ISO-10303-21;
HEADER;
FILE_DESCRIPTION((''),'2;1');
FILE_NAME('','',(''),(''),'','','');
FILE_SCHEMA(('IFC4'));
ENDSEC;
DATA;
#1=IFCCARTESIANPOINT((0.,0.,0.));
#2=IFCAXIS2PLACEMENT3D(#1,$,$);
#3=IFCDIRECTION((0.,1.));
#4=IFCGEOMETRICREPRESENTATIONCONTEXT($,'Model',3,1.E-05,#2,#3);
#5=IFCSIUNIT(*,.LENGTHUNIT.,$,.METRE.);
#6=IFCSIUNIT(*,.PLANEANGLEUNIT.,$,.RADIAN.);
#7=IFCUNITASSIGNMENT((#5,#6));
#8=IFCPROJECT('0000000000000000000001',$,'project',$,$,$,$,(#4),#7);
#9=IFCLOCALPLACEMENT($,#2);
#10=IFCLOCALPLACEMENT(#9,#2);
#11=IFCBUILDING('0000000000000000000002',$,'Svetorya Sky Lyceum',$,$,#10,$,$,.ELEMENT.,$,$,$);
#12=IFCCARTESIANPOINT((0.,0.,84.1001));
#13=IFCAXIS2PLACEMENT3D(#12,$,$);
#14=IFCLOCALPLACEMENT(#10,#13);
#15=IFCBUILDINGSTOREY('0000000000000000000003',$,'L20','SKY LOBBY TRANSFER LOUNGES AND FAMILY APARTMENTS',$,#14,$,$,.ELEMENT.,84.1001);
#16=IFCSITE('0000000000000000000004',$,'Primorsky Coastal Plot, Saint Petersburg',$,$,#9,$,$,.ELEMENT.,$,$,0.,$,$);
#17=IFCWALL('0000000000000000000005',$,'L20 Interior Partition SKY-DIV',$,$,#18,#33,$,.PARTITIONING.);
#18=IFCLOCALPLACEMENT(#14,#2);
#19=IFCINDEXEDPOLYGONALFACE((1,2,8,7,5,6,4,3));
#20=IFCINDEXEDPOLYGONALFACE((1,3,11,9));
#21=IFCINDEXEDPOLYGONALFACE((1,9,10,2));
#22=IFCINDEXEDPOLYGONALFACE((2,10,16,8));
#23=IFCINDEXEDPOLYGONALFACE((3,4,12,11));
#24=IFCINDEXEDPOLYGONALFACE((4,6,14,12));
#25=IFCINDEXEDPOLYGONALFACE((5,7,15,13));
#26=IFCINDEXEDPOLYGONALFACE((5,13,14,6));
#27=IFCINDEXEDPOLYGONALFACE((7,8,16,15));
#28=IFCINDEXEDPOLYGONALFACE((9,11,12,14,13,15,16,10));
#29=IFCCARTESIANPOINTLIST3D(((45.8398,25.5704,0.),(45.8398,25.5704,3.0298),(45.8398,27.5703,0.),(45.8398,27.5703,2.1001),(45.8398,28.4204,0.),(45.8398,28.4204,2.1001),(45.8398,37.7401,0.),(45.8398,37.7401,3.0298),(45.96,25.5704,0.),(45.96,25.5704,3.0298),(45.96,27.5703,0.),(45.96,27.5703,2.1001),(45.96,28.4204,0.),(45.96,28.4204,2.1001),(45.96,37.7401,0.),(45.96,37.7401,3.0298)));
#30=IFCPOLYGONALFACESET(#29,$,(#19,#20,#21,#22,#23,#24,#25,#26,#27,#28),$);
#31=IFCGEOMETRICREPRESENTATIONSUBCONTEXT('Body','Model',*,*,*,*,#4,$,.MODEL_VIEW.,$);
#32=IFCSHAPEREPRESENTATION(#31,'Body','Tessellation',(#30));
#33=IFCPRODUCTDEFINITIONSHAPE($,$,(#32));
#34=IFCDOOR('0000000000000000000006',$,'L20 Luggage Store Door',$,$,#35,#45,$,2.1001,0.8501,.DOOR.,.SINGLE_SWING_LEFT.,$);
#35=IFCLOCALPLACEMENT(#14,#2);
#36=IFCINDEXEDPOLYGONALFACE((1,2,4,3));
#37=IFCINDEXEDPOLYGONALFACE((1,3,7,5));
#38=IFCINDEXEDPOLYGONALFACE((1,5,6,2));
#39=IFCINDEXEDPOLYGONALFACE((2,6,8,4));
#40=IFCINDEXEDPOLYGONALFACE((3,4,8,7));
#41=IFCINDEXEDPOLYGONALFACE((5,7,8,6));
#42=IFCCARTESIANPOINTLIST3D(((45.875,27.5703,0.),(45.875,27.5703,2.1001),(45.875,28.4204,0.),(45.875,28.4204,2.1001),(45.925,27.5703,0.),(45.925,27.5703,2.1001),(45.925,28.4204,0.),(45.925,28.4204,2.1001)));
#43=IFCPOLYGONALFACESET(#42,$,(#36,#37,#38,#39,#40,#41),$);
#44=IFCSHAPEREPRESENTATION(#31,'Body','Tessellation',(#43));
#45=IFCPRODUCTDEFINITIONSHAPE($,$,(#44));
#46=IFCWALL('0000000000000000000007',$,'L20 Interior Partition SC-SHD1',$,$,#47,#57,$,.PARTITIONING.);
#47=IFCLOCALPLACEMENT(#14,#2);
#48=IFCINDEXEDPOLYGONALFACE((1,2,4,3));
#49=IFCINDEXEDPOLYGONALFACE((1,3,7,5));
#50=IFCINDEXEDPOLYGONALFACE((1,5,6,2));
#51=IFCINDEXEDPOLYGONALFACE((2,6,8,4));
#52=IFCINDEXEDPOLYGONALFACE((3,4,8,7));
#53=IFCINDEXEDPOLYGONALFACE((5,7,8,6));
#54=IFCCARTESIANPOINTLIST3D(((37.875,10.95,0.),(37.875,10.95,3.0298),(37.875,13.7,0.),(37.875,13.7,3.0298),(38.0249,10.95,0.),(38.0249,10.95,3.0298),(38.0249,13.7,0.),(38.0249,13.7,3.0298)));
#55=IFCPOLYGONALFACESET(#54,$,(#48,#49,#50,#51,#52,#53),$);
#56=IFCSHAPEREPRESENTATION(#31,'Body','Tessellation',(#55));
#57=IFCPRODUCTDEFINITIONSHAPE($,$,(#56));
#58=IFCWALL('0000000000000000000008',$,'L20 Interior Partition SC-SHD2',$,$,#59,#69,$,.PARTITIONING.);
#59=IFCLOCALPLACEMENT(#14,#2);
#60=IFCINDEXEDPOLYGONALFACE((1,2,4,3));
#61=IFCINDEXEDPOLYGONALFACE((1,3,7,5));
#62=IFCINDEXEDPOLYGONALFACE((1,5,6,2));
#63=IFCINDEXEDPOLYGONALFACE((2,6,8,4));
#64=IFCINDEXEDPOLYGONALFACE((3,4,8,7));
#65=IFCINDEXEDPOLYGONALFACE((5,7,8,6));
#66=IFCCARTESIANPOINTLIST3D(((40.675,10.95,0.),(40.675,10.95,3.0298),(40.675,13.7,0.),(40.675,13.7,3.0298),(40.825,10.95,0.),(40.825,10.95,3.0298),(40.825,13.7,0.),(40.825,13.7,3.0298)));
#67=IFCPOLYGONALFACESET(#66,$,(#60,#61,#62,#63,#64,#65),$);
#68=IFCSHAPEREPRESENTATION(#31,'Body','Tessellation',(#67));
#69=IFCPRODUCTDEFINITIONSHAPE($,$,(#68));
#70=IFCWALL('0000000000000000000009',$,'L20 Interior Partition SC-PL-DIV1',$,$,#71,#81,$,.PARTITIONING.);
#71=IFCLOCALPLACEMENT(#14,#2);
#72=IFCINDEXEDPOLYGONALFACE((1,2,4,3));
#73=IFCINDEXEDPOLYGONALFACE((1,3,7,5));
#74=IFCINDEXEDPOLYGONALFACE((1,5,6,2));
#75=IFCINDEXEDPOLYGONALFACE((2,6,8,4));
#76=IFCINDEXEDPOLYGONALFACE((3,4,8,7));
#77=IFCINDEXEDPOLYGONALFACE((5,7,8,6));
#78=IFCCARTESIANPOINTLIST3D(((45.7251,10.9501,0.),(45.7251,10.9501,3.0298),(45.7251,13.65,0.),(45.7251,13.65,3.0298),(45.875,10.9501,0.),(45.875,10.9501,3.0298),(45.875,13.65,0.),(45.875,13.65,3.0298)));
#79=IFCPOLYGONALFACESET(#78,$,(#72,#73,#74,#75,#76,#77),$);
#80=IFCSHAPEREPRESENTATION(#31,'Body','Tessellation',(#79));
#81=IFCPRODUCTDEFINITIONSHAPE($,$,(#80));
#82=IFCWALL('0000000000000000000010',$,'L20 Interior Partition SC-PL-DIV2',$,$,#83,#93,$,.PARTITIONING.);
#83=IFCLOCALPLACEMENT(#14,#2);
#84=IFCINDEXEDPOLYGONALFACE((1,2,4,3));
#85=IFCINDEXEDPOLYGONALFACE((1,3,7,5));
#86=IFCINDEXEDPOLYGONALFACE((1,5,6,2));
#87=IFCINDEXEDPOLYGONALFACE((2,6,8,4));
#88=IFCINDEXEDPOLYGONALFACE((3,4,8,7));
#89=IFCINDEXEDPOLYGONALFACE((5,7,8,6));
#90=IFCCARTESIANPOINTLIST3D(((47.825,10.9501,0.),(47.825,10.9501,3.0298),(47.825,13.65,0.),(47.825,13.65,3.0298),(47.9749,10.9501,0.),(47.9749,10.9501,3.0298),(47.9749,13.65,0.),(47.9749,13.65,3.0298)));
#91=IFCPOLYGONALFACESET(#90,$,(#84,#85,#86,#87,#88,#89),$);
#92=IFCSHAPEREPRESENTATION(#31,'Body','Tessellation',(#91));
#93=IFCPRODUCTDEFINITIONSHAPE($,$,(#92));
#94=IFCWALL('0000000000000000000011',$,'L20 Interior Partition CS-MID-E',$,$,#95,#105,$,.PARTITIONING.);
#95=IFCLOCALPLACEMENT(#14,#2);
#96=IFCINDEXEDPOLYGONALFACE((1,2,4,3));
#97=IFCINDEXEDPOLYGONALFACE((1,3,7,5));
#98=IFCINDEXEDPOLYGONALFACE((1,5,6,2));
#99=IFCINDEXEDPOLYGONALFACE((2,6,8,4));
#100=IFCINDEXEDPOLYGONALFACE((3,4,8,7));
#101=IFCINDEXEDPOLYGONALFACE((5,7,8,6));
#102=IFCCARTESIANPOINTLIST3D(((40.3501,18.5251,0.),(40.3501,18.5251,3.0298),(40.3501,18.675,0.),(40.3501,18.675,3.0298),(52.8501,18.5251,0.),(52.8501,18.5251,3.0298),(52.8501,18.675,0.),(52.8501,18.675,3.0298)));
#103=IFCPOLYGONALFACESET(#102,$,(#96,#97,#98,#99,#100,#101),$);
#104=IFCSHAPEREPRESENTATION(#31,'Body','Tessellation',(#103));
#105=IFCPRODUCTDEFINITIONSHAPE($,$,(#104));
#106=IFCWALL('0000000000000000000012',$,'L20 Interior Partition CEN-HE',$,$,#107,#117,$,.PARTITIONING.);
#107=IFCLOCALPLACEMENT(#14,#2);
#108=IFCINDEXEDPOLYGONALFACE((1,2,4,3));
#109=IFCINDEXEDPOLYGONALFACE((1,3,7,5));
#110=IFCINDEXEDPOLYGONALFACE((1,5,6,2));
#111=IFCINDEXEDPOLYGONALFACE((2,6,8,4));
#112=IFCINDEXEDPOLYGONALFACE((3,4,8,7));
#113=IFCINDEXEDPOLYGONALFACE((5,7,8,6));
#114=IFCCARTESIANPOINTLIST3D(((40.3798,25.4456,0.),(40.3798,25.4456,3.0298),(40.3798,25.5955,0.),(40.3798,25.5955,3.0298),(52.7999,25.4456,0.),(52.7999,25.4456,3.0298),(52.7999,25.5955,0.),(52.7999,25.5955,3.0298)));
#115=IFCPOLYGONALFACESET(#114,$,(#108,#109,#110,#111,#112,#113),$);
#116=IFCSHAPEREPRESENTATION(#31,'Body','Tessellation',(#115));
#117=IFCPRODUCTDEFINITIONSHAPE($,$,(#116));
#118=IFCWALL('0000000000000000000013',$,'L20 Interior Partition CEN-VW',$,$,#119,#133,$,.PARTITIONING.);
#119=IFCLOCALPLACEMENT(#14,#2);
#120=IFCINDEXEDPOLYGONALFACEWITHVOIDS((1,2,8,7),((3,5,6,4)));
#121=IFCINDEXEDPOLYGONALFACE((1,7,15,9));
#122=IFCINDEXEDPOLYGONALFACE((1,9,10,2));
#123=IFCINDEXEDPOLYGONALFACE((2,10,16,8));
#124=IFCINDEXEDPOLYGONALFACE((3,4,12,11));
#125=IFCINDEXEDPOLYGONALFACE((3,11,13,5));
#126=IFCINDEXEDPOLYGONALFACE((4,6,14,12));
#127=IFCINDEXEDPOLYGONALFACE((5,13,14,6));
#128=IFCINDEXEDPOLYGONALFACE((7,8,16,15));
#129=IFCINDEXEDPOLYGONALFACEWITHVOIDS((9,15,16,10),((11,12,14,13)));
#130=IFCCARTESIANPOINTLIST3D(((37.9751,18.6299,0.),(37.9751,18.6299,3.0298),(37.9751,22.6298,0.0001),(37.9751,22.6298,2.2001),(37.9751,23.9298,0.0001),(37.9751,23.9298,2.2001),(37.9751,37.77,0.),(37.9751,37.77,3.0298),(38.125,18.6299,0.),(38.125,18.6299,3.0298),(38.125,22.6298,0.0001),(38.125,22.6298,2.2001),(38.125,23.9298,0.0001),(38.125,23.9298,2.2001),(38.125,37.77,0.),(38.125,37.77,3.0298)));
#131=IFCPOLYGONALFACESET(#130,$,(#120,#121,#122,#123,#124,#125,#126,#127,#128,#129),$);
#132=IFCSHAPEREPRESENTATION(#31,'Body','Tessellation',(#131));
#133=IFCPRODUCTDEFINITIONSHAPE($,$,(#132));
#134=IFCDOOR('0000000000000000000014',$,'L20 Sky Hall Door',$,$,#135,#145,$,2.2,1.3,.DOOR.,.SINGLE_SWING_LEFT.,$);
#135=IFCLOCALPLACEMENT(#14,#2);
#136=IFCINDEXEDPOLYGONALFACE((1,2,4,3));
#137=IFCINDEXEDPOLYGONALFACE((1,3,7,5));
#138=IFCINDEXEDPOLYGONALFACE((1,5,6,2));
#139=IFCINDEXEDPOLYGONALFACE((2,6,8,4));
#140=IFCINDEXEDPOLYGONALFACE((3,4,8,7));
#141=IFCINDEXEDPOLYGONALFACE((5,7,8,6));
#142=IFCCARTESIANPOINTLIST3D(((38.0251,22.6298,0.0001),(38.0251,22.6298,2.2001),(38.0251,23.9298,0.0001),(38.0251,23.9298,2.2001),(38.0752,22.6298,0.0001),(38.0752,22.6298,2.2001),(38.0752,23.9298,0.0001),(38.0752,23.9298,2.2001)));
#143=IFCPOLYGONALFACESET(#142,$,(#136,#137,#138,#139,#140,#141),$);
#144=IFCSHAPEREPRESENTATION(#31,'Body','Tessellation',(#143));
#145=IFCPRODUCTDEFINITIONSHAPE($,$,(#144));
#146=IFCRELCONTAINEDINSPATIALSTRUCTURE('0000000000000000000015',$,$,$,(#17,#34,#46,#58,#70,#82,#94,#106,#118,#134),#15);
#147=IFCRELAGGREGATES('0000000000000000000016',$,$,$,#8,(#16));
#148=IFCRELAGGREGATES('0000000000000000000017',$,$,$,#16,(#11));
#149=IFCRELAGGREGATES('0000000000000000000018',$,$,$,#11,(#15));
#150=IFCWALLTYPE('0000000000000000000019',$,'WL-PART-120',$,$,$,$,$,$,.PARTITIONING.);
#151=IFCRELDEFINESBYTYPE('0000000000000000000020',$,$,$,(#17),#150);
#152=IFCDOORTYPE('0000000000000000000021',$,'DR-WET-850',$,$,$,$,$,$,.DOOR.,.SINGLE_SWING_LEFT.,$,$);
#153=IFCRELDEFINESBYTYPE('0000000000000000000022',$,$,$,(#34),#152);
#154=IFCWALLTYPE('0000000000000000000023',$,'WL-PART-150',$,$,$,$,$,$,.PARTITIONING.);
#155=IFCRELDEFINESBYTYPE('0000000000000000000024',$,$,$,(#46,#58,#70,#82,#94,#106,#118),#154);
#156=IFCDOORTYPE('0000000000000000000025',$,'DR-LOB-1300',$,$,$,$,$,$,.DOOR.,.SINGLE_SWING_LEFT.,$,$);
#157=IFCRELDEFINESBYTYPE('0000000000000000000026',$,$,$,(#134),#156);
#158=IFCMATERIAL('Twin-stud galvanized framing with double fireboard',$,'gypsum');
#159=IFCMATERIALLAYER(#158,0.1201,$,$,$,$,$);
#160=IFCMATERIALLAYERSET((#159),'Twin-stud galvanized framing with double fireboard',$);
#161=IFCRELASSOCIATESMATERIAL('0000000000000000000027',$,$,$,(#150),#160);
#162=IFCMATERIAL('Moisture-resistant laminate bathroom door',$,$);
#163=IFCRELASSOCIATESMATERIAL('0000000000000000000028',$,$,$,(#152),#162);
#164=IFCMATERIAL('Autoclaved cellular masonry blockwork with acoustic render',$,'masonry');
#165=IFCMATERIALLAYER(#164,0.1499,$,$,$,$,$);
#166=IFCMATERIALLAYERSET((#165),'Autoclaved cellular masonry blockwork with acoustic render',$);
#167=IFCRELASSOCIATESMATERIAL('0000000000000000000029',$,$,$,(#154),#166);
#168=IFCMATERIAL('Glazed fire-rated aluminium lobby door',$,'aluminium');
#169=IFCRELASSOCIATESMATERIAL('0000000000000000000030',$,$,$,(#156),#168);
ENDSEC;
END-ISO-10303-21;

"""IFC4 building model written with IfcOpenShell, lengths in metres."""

from ifc_helpers import new_model, si_unit, direction, frame, frame_2d, origin, place, context, subcontext, project, spatial, rectangle, extrude, material, layer, layer_set, type_object, element, fill, save


model = new_model("IFC4")

# Units and contexts
model_context = context("Model", 3, precision=1e-05, world=origin(), true_north=direction((0.0, 1.0)))
body_context = subcontext(model_context, "Body", "Model", "MODEL_VIEW")
ifc_project = project(units=[si_unit("LENGTHUNIT", "METRE"), si_unit("PLANEANGLEUNIT", "RADIAN")], contexts=[model_context])

# Site, building, storey
site_placement = place(None, origin())
site = spatial("IfcSite", under=ifc_project, at=site_placement, Name="Primorsky Coastal Plot, Saint Petersburg", CompositionType="ELEMENT", RefElevation=0.0)
building_placement = place(site_placement, origin())
building = spatial("IfcBuilding", under=site, at=building_placement, Name="Svetorya Sky Lyceum", CompositionType="ELEMENT")
storey_placement = place(building_placement, frame((0.0, 0.0, 84.1001)))
storey = spatial("IfcBuildingStorey", under=building, at=storey_placement, Name="L20", Description="SKY LOBBY TRANSFER LOUNGES AND FAMILY APARTMENTS", CompositionType="ELEMENT", Elevation=84.1001)

# Wall, opening, door
ifc_material_1 = material(Name="Twin-stud galvanized framing with double fireboard", Category="gypsum")
ifc_layer_1 = layer(ifc_material_1, 0.1201)
ifc_layer_set_1 = layer_set([ifc_layer_1], Name="Twin-stud galvanized framing with double fireboard")
wall_type_1 = type_object("IfcWallType", Name="WL-PART-120", PredefinedType="PARTITIONING", material=ifc_layer_set_1)
wall_1_placement = place(storey_placement, frame((45.8999, 25.5703, 0.0), z_axis=(0.0, 0.0, 1.0), x_axis=(0.0, 1.0, 0.0)))
wall_1 = element("IfcWall", 1, at=wall_1_placement, inside=storey, type_object=wall_type_1, Name="L20 Interior Partition SKY-DIV", PredefinedType="PARTITIONING", context=body_context, shape_type="SweptSolid", body=[
    extrude(rectangle(XDim=12.1697, YDim=0.1201, at=frame_2d((6.085, 0.0))), origin(), (0.0, 0.0, 1.0), 3.0298),
])
opening_1_placement = place(wall_1_placement, frame((2.0, 0.0, 0.0)))
opening_1 = element("IfcOpeningElement", 2, at=opening_1_placement, cuts=wall_1, PredefinedType="OPENING", context=body_context, shape_type="SweptSolid", body=[
    extrude(rectangle(XDim=0.8501, YDim=2.1001, at=frame_2d((0.425, 1.05))), frame((0.0, 0.0701, 0.0), z_axis=(0.0, -1.0, 0.0), x_axis=(1.0, 0.0, 0.0)), (0.0, 0.0, 1.0), 0.1401),
])
ifc_material_2 = material(Name="Moisture-resistant laminate bathroom door")
door_type_1 = type_object("IfcDoorType", Name="DR-WET-850", OperationType="SINGLE_SWING_LEFT", PredefinedType="DOOR", material=ifc_material_2)
door_1_placement = place(opening_1_placement, origin())
door_1 = element("IfcDoor", 3, at=door_1_placement, inside=storey, type_object=door_type_1, Name="L20 Luggage Store Door", OperationType="SINGLE_SWING_LEFT", OverallHeight=2.1001, OverallWidth=0.8501, PredefinedType="DOOR", context=body_context, shape_type="SweptSolid", body=[
    extrude(rectangle(XDim=0.8501, YDim=2.1001, at=frame_2d((0.425, 1.05))), frame((0.0, 0.0249, 0.0), z_axis=(0.0, -1.0, 0.0), x_axis=(1.0, 0.0, 0.0)), (0.0, 0.0, 1.0), 0.05),
])
fill(opening_1, door_1)

# Walls
ifc_material_3 = material(Name="Autoclaved cellular masonry blockwork with acoustic render", Category="masonry")
ifc_layer_2 = layer(ifc_material_3, 0.1499)
ifc_layer_set_2 = layer_set([ifc_layer_2], Name="Autoclaved cellular masonry blockwork with acoustic render")
wall_type_2 = type_object("IfcWallType", Name="WL-PART-150", PredefinedType="PARTITIONING", material=ifc_layer_set_2)
for number, where, z_axis, x_axis, name in (
    (4, (37.95, 10.95, 0.0), (0.0, 0.0, 1.0), (0.0, 1.0, 0.0), "L20 Interior Partition SC-SHD1"),
    (5, (40.75, 10.95, 0.0), (0.0, 0.0, 1.0), (0.0, 1.0, 0.0), "L20 Interior Partition SC-SHD2"),
):
    element("IfcWall", number, at=place(storey_placement, frame(where, z_axis=z_axis, x_axis=x_axis)), inside=storey, type_object=wall_type_2, Name=name, PredefinedType="PARTITIONING", context=body_context, shape_type="SweptSolid", body=[
        extrude(rectangle(XDim=2.75, YDim=0.1499, at=frame_2d((1.375, 0.0))), origin(), (0.0, 0.0, 1.0), 3.0298),
    ])
for number, where, z_axis, x_axis, name in (
    (6, (45.8, 10.95, 0.0), (0.0, 0.0, 1.0), (0.0, 1.0, 0.0), "L20 Interior Partition SC-PL-DIV1"),
    (7, (47.8999, 10.95, 0.0), (0.0, 0.0, 1.0), (0.0, 1.0, 0.0), "L20 Interior Partition SC-PL-DIV2"),
):
    element("IfcWall", number, at=place(storey_placement, frame(where, z_axis=z_axis, x_axis=x_axis)), inside=storey, type_object=wall_type_2, Name=name, PredefinedType="PARTITIONING", context=body_context, shape_type="SweptSolid", body=[
        extrude(rectangle(XDim=2.7, YDim=0.1499, at=frame_2d((1.3501, 0.0))), origin(), (0.0, 0.0, 1.0), 3.0298),
    ])
wall_2_placement = place(storey_placement, frame((40.3501, 18.6001, 0.0), z_axis=(0.0, 0.0, 1.0), x_axis=(1.0, 0.0, 0.0)))
element("IfcWall", 8, at=wall_2_placement, inside=storey, type_object=wall_type_2, Name="L20 Interior Partition CS-MID-E", PredefinedType="PARTITIONING", context=body_context, shape_type="SweptSolid", body=[
    extrude(rectangle(XDim=12.5, YDim=0.1499, at=frame_2d((6.25, 0.0))), origin(), (0.0, 0.0, 1.0), 3.0298),
])
wall_3_placement = place(storey_placement, frame((40.3799, 25.5205, 0.0), z_axis=(0.0, 0.0, 1.0), x_axis=(1.0, 0.0, 0.0)))
element("IfcWall", 9, at=wall_3_placement, inside=storey, type_object=wall_type_2, Name="L20 Interior Partition CEN-HE", PredefinedType="PARTITIONING", context=body_context, shape_type="SweptSolid", body=[
    extrude(rectangle(XDim=12.4202, YDim=0.1499, at=frame_2d((6.21, 0.0))), origin(), (0.0, 0.0, 1.0), 3.0298),
])

# Wall, opening, door
wall_4_placement = place(storey_placement, frame((38.05, 18.6299, 0.0), z_axis=(0.0, 0.0, 1.0), x_axis=(0.0, 1.0, 0.0)))
wall_4 = element("IfcWall", 10, at=wall_4_placement, inside=storey, type_object=wall_type_2, Name="L20 Interior Partition CEN-VW", PredefinedType="PARTITIONING", context=body_context, shape_type="SweptSolid", body=[
    extrude(rectangle(XDim=19.1401, YDim=0.1499, at=frame_2d((9.5701, 0.0))), origin(), (0.0, 0.0, 1.0), 3.0298),
])
opening_2_placement = place(wall_4_placement, frame((4.0, 0.0, 0.0)))
opening_2 = element("IfcOpeningElement", 11, at=opening_2_placement, cuts=wall_4, PredefinedType="OPENING", context=body_context, shape_type="SweptSolid", body=[
    extrude(rectangle(XDim=1.3, YDim=2.2, at=frame_2d((0.6499, 1.1001))), frame((0.0, 0.085, 0.0), z_axis=(0.0, -1.0, 0.0), x_axis=(1.0, 0.0, 0.0)), (0.0, 0.0, 1.0), 0.1699),
])
ifc_material_4 = material(Name="Glazed fire-rated aluminium lobby door", Category="aluminium")
door_type_2 = type_object("IfcDoorType", Name="DR-LOB-1300", OperationType="SINGLE_SWING_LEFT", PredefinedType="DOOR", material=ifc_material_4)
door_2_placement = place(opening_2_placement, origin())
door_2 = element("IfcDoor", 12, at=door_2_placement, inside=storey, type_object=door_type_2, Name="L20 Sky Hall Door", OperationType="SINGLE_SWING_LEFT", OverallHeight=2.2, OverallWidth=1.3, PredefinedType="DOOR", context=body_context, shape_type="SweptSolid", body=[
    extrude(rectangle(XDim=1.3, YDim=2.2, at=frame_2d((0.6499, 1.1001))), frame((0.0, 0.0249, 0.0), z_axis=(0.0, -1.0, 0.0), x_axis=(1.0, 0.0, 0.0)), (0.0, 0.0, 1.0), 0.05),
])
fill(opening_2, door_2)

save(model, "model.ifc")
